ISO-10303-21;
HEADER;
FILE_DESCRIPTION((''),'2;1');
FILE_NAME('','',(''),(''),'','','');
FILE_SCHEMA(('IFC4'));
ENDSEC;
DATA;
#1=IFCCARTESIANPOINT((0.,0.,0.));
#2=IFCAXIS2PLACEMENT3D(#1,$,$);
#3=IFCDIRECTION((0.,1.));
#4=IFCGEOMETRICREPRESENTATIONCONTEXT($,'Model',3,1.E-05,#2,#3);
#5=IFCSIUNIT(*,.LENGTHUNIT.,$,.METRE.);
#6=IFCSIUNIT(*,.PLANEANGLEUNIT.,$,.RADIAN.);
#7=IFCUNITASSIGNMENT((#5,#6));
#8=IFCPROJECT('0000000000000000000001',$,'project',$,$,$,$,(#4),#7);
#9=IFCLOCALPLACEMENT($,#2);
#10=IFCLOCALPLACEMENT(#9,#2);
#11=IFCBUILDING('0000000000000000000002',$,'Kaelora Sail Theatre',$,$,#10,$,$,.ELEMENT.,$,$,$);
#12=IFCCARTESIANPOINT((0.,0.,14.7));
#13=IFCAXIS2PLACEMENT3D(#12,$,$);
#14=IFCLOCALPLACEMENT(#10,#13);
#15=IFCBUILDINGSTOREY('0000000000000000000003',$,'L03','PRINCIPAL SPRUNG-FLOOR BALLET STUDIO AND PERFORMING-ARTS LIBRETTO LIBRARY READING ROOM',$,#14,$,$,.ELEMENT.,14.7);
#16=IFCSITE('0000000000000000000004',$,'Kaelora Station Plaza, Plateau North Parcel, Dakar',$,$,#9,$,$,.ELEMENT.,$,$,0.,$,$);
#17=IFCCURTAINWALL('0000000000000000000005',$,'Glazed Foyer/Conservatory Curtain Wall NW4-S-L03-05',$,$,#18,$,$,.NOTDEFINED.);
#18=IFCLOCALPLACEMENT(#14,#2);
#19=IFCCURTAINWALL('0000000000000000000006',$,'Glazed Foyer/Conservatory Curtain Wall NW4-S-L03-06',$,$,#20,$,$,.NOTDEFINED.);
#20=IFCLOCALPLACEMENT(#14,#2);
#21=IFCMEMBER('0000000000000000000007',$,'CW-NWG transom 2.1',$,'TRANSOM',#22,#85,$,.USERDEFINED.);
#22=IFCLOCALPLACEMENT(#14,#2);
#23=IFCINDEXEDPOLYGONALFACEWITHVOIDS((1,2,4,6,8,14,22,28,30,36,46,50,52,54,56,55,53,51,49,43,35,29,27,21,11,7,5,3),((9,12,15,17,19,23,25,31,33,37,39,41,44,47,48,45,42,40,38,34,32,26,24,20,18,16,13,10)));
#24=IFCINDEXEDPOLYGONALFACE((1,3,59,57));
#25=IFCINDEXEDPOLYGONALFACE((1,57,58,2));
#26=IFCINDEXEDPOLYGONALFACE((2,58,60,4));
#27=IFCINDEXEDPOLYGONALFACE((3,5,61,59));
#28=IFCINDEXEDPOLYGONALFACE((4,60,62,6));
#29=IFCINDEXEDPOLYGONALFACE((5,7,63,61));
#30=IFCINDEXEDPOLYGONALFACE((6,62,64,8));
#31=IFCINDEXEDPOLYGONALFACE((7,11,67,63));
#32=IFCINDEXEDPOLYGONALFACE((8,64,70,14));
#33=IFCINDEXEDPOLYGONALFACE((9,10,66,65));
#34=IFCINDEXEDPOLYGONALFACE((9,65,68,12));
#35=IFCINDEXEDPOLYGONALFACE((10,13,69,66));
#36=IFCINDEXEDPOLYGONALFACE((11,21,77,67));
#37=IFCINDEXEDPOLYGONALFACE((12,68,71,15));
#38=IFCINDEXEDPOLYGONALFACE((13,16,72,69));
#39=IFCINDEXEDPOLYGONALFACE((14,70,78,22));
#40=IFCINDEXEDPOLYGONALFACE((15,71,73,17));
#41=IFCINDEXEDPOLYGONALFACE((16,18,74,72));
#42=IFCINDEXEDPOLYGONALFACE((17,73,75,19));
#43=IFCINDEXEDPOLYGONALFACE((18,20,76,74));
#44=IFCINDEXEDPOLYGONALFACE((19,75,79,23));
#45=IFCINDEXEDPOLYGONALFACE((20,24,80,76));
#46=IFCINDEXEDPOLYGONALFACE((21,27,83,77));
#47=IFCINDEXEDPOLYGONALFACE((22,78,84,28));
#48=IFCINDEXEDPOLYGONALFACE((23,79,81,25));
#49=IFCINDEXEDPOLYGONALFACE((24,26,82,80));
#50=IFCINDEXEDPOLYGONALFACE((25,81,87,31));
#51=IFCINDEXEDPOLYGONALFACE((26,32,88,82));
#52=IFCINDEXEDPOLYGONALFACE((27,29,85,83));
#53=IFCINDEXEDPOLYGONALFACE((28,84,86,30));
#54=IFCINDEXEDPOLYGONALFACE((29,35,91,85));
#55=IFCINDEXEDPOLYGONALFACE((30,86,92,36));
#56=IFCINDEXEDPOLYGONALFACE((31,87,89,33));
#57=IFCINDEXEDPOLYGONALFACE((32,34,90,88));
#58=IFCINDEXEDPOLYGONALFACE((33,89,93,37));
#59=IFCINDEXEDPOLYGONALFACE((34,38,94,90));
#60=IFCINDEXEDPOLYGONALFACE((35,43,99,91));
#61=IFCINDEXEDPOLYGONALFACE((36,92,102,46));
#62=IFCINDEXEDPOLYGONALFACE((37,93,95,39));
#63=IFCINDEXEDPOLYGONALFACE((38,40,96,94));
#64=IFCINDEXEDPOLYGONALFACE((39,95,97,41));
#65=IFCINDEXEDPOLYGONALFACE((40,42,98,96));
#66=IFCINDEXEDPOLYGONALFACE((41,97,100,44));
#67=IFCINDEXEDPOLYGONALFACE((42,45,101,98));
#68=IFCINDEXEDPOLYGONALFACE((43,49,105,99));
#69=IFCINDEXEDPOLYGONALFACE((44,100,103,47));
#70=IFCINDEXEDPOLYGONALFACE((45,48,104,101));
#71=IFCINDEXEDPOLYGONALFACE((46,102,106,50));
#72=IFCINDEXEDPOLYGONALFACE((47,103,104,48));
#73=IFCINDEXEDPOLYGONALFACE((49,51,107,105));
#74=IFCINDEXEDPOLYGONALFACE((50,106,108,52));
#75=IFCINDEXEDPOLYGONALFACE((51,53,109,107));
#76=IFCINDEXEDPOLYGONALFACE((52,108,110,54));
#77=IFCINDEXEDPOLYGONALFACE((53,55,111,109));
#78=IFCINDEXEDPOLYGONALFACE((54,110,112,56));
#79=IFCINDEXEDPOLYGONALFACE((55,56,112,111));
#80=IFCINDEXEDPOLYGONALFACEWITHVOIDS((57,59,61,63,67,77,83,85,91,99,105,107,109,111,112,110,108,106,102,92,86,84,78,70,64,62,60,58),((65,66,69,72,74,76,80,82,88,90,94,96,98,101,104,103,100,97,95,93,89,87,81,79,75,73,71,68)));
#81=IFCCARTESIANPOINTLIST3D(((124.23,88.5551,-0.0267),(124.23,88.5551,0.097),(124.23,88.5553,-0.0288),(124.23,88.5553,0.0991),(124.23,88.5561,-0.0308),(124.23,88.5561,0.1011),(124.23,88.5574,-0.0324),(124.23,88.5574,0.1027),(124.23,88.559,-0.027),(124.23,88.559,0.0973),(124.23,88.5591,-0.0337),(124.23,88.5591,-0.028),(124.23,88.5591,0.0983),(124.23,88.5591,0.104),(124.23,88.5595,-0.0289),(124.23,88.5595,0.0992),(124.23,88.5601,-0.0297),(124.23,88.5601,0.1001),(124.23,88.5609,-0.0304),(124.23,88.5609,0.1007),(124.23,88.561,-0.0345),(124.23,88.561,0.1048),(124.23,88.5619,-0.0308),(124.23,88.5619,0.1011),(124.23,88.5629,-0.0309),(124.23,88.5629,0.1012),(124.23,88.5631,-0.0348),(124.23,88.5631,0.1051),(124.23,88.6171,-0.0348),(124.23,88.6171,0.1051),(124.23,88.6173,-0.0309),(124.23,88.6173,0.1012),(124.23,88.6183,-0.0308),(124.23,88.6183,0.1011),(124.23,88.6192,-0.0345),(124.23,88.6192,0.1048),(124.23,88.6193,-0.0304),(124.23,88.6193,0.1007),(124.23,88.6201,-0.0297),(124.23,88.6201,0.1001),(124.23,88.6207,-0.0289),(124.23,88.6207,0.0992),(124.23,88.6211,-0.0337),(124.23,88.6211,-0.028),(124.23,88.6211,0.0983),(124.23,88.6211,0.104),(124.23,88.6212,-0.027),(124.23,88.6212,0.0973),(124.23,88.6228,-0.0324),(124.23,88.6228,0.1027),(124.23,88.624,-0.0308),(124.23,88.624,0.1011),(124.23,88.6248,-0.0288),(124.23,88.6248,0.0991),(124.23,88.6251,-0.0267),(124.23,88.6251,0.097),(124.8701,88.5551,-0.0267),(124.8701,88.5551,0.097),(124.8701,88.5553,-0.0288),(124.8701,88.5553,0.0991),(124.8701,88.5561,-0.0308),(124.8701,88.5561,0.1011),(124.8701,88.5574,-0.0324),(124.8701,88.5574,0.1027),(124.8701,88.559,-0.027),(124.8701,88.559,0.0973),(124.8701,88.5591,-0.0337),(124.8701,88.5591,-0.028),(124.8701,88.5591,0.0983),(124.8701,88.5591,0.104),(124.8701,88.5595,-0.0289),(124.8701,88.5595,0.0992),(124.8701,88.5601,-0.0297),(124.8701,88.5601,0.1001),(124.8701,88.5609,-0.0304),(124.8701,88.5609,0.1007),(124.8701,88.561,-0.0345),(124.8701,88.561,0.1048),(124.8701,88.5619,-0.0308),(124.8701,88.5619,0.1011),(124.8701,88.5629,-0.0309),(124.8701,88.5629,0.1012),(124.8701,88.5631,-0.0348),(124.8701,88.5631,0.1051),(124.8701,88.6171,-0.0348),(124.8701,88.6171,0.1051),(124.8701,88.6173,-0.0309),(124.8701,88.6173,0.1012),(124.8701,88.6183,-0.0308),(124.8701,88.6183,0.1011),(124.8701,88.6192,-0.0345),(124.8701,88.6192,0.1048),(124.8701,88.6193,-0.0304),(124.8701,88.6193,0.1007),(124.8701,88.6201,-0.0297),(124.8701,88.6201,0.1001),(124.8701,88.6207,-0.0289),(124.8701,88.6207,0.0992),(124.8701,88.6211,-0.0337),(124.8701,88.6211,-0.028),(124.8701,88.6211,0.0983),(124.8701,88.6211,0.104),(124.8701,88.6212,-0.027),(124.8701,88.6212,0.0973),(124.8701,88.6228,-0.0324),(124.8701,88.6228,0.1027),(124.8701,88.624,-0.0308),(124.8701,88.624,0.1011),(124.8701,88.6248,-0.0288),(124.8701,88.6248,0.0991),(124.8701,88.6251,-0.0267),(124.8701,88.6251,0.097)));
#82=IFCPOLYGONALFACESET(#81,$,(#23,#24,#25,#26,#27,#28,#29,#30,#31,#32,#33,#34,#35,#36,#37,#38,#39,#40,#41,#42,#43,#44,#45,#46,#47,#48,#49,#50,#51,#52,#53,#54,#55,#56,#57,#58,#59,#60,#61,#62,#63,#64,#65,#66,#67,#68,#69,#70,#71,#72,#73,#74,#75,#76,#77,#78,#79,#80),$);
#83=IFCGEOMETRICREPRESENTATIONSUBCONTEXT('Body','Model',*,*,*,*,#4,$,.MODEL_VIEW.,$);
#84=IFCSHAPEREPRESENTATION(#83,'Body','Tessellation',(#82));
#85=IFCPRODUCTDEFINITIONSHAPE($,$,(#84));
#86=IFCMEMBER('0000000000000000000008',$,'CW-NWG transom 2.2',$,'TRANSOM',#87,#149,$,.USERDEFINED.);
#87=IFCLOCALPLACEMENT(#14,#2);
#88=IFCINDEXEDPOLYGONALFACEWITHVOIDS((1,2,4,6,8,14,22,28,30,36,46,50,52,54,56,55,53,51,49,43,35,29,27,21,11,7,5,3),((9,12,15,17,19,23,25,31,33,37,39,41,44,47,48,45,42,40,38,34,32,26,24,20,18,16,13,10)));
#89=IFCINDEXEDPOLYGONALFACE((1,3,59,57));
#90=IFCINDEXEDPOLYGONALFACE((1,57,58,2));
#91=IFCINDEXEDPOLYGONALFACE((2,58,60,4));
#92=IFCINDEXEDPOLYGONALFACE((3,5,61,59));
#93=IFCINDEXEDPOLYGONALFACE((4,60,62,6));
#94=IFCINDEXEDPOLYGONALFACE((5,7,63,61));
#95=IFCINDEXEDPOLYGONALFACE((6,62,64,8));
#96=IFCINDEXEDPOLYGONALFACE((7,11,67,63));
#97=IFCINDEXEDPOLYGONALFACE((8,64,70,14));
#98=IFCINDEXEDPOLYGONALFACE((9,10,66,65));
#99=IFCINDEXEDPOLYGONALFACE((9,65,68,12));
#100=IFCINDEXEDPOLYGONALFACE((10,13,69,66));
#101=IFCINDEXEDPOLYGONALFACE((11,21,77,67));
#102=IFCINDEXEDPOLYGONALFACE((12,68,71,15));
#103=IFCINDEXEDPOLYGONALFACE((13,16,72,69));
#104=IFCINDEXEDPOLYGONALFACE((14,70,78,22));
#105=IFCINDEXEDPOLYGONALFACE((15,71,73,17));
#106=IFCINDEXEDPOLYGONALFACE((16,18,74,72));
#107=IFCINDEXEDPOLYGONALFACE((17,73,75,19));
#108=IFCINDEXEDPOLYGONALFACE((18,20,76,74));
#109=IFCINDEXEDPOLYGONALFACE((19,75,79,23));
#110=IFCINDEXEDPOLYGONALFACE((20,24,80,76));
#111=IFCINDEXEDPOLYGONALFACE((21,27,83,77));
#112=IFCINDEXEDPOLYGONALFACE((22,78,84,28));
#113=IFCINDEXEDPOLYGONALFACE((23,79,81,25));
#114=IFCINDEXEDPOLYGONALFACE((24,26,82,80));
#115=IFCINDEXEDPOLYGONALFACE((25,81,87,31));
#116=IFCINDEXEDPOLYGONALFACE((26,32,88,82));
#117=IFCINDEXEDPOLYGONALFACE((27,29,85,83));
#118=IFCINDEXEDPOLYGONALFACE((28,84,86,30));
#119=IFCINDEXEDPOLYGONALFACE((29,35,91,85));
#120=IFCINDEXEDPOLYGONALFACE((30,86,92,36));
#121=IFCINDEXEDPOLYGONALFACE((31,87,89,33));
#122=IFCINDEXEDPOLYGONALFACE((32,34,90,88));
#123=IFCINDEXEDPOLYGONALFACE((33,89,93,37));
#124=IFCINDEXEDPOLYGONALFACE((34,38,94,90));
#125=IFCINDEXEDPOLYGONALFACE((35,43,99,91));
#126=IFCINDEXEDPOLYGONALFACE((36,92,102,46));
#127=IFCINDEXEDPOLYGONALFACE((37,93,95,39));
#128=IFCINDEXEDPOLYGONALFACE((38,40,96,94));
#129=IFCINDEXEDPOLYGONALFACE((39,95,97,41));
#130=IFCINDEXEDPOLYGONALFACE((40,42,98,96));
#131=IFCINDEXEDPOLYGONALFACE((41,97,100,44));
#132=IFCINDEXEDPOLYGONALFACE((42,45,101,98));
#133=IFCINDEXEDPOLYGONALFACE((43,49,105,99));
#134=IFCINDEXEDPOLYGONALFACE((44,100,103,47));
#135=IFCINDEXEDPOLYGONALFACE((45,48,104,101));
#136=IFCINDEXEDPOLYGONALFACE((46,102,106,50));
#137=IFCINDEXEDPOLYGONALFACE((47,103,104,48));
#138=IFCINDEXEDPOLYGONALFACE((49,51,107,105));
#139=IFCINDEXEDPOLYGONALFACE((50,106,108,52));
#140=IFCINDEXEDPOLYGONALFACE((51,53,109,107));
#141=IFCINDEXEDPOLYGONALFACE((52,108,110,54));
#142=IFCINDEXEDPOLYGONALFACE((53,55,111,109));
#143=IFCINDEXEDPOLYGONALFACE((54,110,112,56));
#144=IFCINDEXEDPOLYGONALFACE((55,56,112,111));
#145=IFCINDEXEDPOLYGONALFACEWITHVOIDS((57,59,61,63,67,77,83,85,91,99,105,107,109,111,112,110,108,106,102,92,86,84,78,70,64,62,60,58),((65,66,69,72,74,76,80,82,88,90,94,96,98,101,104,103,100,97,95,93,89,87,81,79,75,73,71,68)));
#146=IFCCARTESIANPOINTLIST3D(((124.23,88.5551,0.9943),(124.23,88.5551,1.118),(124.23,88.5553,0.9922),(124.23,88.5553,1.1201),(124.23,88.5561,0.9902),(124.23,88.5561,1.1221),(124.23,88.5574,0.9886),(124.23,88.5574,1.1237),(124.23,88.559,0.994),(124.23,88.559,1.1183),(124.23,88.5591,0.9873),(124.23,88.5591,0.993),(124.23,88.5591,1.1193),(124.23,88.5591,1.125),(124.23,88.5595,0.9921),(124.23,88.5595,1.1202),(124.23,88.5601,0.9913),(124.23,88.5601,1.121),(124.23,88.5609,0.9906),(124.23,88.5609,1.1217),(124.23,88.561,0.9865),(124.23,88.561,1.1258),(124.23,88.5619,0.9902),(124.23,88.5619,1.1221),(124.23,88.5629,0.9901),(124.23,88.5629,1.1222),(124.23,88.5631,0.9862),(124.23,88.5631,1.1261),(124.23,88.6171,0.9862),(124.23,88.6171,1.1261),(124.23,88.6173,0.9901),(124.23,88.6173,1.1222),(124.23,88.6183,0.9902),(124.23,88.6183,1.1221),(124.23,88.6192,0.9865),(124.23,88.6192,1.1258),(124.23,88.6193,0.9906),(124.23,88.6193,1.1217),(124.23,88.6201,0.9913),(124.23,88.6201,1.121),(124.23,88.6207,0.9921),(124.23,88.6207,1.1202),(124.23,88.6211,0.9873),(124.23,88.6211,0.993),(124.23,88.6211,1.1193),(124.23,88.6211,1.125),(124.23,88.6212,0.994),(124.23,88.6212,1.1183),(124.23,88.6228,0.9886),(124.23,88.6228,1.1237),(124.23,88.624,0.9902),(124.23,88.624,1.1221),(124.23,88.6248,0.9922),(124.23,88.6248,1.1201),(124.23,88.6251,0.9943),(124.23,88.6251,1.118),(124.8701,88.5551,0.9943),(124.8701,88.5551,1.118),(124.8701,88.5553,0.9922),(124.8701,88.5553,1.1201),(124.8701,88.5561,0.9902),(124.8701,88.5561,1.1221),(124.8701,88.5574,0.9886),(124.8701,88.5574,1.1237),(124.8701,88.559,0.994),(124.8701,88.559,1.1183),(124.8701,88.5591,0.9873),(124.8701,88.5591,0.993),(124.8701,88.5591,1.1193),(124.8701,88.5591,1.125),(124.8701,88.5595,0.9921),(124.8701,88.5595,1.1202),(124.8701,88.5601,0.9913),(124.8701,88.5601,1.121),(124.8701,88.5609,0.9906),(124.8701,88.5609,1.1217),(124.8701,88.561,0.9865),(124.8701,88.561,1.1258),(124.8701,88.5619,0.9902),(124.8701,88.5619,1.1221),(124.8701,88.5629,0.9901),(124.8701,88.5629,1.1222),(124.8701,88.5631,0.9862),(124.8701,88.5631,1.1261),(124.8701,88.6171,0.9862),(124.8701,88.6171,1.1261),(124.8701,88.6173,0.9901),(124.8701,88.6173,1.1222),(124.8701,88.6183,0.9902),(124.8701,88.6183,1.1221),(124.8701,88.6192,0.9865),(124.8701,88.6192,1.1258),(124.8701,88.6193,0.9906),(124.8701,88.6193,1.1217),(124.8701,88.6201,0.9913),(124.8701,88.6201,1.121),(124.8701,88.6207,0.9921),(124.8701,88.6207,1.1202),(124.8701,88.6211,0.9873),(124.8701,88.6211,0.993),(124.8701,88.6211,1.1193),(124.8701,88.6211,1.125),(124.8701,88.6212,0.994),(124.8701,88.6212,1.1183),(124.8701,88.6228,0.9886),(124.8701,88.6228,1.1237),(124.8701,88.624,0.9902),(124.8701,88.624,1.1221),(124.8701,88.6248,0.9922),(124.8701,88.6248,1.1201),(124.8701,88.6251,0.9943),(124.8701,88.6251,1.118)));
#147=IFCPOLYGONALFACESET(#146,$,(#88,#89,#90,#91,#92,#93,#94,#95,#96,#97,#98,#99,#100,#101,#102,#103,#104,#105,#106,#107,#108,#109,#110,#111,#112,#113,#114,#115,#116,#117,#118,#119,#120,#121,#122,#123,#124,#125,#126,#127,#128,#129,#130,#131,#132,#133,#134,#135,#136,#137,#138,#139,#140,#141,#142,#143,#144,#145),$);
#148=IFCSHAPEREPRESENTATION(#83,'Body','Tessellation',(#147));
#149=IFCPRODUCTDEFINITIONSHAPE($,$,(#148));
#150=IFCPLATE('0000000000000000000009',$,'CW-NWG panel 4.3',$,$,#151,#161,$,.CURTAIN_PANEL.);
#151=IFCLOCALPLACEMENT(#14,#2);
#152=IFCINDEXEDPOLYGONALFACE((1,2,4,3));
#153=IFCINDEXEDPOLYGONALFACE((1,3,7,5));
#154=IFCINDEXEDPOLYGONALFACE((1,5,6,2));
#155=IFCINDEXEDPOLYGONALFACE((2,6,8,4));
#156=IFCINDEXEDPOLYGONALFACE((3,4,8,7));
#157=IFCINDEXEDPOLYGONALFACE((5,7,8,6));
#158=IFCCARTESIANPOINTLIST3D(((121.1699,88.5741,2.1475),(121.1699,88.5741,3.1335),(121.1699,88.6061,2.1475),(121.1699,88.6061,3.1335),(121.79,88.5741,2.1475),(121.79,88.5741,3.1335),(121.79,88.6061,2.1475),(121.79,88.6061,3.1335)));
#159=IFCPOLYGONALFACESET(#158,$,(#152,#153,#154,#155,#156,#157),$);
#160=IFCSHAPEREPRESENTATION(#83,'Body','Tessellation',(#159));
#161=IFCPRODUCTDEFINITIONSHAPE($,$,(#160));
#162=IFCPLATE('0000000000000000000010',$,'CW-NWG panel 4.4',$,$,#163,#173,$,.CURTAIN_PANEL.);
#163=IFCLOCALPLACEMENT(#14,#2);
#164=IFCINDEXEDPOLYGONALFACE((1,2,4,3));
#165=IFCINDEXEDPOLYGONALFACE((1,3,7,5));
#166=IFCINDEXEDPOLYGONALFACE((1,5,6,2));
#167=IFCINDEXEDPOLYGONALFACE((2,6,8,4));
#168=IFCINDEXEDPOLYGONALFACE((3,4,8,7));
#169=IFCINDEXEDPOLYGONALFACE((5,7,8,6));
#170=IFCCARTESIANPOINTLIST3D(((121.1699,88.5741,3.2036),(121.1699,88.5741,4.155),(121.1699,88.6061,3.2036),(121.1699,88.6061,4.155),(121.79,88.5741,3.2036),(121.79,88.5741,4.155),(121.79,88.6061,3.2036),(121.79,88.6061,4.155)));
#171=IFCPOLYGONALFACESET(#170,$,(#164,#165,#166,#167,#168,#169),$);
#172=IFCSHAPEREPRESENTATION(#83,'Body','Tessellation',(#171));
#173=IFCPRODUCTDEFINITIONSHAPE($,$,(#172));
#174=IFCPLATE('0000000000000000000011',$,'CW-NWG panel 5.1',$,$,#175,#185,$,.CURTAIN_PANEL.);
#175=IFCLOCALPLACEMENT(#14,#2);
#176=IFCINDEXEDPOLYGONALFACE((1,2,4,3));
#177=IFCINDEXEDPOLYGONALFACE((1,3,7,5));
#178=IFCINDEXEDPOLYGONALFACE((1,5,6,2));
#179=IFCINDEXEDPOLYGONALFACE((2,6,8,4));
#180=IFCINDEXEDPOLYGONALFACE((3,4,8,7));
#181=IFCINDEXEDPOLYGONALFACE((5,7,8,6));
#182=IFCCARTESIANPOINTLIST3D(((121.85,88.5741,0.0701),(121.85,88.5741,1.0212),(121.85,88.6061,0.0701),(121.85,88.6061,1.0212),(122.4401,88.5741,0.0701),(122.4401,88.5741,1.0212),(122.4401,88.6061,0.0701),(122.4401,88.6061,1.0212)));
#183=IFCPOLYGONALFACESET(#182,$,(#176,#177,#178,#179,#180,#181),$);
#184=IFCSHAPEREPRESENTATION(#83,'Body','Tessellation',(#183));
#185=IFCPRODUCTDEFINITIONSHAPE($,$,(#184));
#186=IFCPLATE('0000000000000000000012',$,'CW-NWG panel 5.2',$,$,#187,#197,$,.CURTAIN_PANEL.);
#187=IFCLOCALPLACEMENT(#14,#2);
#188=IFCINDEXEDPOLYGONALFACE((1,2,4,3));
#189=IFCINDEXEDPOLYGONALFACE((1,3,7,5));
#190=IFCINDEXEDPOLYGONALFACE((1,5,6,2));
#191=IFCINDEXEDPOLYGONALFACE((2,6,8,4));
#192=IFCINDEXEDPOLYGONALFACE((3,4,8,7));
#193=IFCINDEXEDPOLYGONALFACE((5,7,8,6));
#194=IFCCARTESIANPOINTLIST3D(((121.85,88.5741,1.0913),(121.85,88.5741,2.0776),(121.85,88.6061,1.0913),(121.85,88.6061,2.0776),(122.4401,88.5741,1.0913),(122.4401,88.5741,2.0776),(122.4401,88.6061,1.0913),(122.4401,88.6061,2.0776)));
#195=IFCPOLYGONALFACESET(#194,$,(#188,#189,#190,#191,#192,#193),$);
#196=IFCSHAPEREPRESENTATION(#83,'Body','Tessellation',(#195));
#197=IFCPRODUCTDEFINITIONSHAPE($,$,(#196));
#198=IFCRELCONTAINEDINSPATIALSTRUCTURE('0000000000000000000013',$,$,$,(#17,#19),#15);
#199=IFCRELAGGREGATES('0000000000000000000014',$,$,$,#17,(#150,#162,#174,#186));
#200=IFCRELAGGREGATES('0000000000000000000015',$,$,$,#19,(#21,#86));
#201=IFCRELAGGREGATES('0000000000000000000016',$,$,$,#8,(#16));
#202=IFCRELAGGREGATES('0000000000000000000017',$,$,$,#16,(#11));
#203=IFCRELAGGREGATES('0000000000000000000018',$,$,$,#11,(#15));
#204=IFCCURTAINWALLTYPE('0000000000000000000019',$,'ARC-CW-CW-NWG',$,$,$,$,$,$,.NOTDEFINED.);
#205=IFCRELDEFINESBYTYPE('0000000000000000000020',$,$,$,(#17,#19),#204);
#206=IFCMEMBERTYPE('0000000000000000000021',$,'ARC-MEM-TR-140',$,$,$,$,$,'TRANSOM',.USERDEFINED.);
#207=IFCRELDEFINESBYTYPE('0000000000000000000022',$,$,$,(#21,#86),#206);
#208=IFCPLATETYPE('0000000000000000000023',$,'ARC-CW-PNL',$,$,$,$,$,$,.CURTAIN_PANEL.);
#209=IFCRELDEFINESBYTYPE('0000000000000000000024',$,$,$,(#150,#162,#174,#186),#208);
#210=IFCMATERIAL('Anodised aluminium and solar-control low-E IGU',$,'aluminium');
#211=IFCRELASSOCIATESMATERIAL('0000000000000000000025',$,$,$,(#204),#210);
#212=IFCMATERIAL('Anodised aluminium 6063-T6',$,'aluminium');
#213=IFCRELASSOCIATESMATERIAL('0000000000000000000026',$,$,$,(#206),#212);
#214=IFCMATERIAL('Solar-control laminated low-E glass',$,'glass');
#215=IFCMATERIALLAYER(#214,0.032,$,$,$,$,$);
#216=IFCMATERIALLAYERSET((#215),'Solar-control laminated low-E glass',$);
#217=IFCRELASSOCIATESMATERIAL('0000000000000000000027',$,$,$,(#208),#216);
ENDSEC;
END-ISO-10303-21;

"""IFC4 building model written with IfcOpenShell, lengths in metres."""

from ifc_helpers import new_model, si_unit, direction, frame, origin, origin_2d, place, context, subcontext, project, spatial, rectangle, hollow_rectangle, extrude, material, layer, layer_set, material_profile, profile_set, type_object, element, aggregate, save


model = new_model("IFC4")

# Units and contexts
model_context = context("Model", 3, precision=1e-05, world=origin(), true_north=direction((0.0, 1.0)))
body_context = subcontext(model_context, "Body", "Model", "MODEL_VIEW")
ifc_project = project(units=[si_unit("LENGTHUNIT", "METRE"), si_unit("PLANEANGLEUNIT", "RADIAN")], contexts=[model_context])

# Site, building, storey
site_placement = place(None, origin())
site = spatial("IfcSite", under=ifc_project, at=site_placement, Name="Kaelora Station Plaza, Plateau North Parcel, Dakar", CompositionType="ELEMENT", RefElevation=0.0)
building_placement = place(site_placement, origin())
building = spatial("IfcBuilding", under=site, at=building_placement, Name="Kaelora Sail Theatre", CompositionType="ELEMENT")
storey_placement = place(building_placement, frame((0.0, 0.0, 14.7)))
storey = spatial("IfcBuildingStorey", under=building, at=storey_placement, Name="L03", Description="PRINCIPAL SPRUNG-FLOOR BALLET STUDIO AND PERFORMING-ARTS LIBRETTO LIBRARY READING ROOM", CompositionType="ELEMENT", Elevation=14.7)

# Curtain walls
ifc_material_1 = material(Name="Anodised aluminium and solar-control low-E IGU", Category="aluminium")
curtain_wall_type = type_object("IfcCurtainWallType", Name="ARC-CW-CW-NWG", PredefinedType="NOTDEFINED", material=ifc_material_1)
curtain_wall_1_placement = place(storey_placement, origin())
curtain_wall_1 = element("IfcCurtainWall", 1, at=curtain_wall_1_placement, inside=storey, type_object=curtain_wall_type, Name="Glazed Foyer/Conservatory Curtain Wall NW4-S-L03-05", PredefinedType="NOTDEFINED")
curtain_wall_2_placement = place(storey_placement, origin())
curtain_wall_2 = element("IfcCurtainWall", 2, at=curtain_wall_2_placement, inside=storey, type_object=curtain_wall_type, Name="Glazed Foyer/Conservatory Curtain Wall NW4-S-L03-06", PredefinedType="NOTDEFINED")

# Members
ifc_material_2 = material(Name="Anodised aluminium 6063-T6", Category="aluminium")
ifc_material_profile_1 = material_profile(ifc_material_2, hollow_rectangle(XDim=0.0701, YDim=0.1399, WallThickness=0.0039, InnerFilletRadius=0.0039, OuterFilletRadius=0.0081, at=origin_2d()), Name="ALU-TRAN 70x140x4")
ifc_profile_set_1 = profile_set([ifc_material_profile_1], Name="Anodised aluminium 6063-T6")
member_type_1 = type_object("IfcMemberType", Name="ARC-MEM-TR-140", ElementType="TRANSOM", PredefinedType="USERDEFINED", material=ifc_profile_set_1)
member_1_placement = place(storey_placement, frame((124.23, 88.5901, 0.0352), z_axis=(1.0, 0.0, 0.0), x_axis=(0.0, 1.0, 0.0)))
member_1 = element("IfcMember", 3, at=member_1_placement, type_object=member_type_1, Name="CW-NWG transom 2.1", ObjectType="TRANSOM", PredefinedType="USERDEFINED", context=body_context, shape_type="SweptSolid", body=[
    extrude(hollow_rectangle(XDim=0.0701, YDim=0.1399, WallThickness=0.0039, InnerFilletRadius=0.0039, OuterFilletRadius=0.0081, at=origin_2d()), origin(), (0.0, 0.0, 1.0), 0.6401),
])
member_2_placement = place(storey_placement, frame((124.23, 88.5901, 1.0562), z_axis=(1.0, 0.0, 0.0), x_axis=(0.0, 1.0, 0.0)))
member_2 = element("IfcMember", 4, at=member_2_placement, type_object=member_type_1, Name="CW-NWG transom 2.2", ObjectType="TRANSOM", PredefinedType="USERDEFINED", context=body_context, shape_type="SweptSolid", body=[
    extrude(hollow_rectangle(XDim=0.0701, YDim=0.1399, WallThickness=0.0039, InnerFilletRadius=0.0039, OuterFilletRadius=0.0081, at=origin_2d()), origin(), (0.0, 0.0, 1.0), 0.6401),
])

# Plates
ifc_material_3 = material(Name="Solar-control laminated low-E glass", Category="glass")
ifc_layer = layer(ifc_material_3, 0.032)
ifc_layer_set = layer_set([ifc_layer], Name="Solar-control laminated low-E glass")
plate_type = type_object("IfcPlateType", Name="ARC-CW-PNL", PredefinedType="CURTAIN_PANEL", material=ifc_layer_set)
plate_1_placement = place(storey_placement, frame((121.48, 88.5901, 2.1475), z_axis=(0.0, 0.0, 1.0), x_axis=(1.0, 0.0, 0.0)))
plate_1 = element("IfcPlate", 5, at=plate_1_placement, type_object=plate_type, Name="CW-NWG panel 4.3", PredefinedType="CURTAIN_PANEL", context=body_context, shape_type="SweptSolid", body=[
    extrude(rectangle(XDim=0.6201, YDim=0.032, at=origin_2d()), origin(), (0.0, 0.0, 1.0), 0.9861),
])
plate_2_placement = place(storey_placement, frame((121.48, 88.5901, 3.2036), z_axis=(0.0, 0.0, 1.0), x_axis=(1.0, 0.0, 0.0)))
plate_2 = element("IfcPlate", 6, at=plate_2_placement, type_object=plate_type, Name="CW-NWG panel 4.4", PredefinedType="CURTAIN_PANEL", context=body_context, shape_type="SweptSolid", body=[
    extrude(rectangle(XDim=0.6201, YDim=0.032, at=origin_2d()), origin(), (0.0, 0.0, 1.0), 0.9514),
])
plate_3_placement = place(storey_placement, frame((122.145, 88.5901, 0.0701), z_axis=(0.0, 0.0, 1.0), x_axis=(1.0, 0.0, 0.0)))
plate_3 = element("IfcPlate", 7, at=plate_3_placement, type_object=plate_type, Name="CW-NWG panel 5.1", PredefinedType="CURTAIN_PANEL", context=body_context, shape_type="SweptSolid", body=[
    extrude(rectangle(XDim=0.5901, YDim=0.032, at=origin_2d()), origin(), (0.0, 0.0, 1.0), 0.9512),
])
plate_4_placement = place(storey_placement, frame((122.145, 88.5901, 1.0913), z_axis=(0.0, 0.0, 1.0), x_axis=(1.0, 0.0, 0.0)))
plate_4 = element("IfcPlate", 8, at=plate_4_placement, type_object=plate_type, Name="CW-NWG panel 5.2", PredefinedType="CURTAIN_PANEL", context=body_context, shape_type="SweptSolid", body=[
    extrude(rectangle(XDim=0.5901, YDim=0.032, at=origin_2d()), origin(), (0.0, 0.0, 1.0), 0.9863),
])
aggregate(curtain_wall_1, [plate_1, plate_2, plate_3, plate_4])
aggregate(curtain_wall_2, [member_1, member_2])

save(model, "model.ifc")
